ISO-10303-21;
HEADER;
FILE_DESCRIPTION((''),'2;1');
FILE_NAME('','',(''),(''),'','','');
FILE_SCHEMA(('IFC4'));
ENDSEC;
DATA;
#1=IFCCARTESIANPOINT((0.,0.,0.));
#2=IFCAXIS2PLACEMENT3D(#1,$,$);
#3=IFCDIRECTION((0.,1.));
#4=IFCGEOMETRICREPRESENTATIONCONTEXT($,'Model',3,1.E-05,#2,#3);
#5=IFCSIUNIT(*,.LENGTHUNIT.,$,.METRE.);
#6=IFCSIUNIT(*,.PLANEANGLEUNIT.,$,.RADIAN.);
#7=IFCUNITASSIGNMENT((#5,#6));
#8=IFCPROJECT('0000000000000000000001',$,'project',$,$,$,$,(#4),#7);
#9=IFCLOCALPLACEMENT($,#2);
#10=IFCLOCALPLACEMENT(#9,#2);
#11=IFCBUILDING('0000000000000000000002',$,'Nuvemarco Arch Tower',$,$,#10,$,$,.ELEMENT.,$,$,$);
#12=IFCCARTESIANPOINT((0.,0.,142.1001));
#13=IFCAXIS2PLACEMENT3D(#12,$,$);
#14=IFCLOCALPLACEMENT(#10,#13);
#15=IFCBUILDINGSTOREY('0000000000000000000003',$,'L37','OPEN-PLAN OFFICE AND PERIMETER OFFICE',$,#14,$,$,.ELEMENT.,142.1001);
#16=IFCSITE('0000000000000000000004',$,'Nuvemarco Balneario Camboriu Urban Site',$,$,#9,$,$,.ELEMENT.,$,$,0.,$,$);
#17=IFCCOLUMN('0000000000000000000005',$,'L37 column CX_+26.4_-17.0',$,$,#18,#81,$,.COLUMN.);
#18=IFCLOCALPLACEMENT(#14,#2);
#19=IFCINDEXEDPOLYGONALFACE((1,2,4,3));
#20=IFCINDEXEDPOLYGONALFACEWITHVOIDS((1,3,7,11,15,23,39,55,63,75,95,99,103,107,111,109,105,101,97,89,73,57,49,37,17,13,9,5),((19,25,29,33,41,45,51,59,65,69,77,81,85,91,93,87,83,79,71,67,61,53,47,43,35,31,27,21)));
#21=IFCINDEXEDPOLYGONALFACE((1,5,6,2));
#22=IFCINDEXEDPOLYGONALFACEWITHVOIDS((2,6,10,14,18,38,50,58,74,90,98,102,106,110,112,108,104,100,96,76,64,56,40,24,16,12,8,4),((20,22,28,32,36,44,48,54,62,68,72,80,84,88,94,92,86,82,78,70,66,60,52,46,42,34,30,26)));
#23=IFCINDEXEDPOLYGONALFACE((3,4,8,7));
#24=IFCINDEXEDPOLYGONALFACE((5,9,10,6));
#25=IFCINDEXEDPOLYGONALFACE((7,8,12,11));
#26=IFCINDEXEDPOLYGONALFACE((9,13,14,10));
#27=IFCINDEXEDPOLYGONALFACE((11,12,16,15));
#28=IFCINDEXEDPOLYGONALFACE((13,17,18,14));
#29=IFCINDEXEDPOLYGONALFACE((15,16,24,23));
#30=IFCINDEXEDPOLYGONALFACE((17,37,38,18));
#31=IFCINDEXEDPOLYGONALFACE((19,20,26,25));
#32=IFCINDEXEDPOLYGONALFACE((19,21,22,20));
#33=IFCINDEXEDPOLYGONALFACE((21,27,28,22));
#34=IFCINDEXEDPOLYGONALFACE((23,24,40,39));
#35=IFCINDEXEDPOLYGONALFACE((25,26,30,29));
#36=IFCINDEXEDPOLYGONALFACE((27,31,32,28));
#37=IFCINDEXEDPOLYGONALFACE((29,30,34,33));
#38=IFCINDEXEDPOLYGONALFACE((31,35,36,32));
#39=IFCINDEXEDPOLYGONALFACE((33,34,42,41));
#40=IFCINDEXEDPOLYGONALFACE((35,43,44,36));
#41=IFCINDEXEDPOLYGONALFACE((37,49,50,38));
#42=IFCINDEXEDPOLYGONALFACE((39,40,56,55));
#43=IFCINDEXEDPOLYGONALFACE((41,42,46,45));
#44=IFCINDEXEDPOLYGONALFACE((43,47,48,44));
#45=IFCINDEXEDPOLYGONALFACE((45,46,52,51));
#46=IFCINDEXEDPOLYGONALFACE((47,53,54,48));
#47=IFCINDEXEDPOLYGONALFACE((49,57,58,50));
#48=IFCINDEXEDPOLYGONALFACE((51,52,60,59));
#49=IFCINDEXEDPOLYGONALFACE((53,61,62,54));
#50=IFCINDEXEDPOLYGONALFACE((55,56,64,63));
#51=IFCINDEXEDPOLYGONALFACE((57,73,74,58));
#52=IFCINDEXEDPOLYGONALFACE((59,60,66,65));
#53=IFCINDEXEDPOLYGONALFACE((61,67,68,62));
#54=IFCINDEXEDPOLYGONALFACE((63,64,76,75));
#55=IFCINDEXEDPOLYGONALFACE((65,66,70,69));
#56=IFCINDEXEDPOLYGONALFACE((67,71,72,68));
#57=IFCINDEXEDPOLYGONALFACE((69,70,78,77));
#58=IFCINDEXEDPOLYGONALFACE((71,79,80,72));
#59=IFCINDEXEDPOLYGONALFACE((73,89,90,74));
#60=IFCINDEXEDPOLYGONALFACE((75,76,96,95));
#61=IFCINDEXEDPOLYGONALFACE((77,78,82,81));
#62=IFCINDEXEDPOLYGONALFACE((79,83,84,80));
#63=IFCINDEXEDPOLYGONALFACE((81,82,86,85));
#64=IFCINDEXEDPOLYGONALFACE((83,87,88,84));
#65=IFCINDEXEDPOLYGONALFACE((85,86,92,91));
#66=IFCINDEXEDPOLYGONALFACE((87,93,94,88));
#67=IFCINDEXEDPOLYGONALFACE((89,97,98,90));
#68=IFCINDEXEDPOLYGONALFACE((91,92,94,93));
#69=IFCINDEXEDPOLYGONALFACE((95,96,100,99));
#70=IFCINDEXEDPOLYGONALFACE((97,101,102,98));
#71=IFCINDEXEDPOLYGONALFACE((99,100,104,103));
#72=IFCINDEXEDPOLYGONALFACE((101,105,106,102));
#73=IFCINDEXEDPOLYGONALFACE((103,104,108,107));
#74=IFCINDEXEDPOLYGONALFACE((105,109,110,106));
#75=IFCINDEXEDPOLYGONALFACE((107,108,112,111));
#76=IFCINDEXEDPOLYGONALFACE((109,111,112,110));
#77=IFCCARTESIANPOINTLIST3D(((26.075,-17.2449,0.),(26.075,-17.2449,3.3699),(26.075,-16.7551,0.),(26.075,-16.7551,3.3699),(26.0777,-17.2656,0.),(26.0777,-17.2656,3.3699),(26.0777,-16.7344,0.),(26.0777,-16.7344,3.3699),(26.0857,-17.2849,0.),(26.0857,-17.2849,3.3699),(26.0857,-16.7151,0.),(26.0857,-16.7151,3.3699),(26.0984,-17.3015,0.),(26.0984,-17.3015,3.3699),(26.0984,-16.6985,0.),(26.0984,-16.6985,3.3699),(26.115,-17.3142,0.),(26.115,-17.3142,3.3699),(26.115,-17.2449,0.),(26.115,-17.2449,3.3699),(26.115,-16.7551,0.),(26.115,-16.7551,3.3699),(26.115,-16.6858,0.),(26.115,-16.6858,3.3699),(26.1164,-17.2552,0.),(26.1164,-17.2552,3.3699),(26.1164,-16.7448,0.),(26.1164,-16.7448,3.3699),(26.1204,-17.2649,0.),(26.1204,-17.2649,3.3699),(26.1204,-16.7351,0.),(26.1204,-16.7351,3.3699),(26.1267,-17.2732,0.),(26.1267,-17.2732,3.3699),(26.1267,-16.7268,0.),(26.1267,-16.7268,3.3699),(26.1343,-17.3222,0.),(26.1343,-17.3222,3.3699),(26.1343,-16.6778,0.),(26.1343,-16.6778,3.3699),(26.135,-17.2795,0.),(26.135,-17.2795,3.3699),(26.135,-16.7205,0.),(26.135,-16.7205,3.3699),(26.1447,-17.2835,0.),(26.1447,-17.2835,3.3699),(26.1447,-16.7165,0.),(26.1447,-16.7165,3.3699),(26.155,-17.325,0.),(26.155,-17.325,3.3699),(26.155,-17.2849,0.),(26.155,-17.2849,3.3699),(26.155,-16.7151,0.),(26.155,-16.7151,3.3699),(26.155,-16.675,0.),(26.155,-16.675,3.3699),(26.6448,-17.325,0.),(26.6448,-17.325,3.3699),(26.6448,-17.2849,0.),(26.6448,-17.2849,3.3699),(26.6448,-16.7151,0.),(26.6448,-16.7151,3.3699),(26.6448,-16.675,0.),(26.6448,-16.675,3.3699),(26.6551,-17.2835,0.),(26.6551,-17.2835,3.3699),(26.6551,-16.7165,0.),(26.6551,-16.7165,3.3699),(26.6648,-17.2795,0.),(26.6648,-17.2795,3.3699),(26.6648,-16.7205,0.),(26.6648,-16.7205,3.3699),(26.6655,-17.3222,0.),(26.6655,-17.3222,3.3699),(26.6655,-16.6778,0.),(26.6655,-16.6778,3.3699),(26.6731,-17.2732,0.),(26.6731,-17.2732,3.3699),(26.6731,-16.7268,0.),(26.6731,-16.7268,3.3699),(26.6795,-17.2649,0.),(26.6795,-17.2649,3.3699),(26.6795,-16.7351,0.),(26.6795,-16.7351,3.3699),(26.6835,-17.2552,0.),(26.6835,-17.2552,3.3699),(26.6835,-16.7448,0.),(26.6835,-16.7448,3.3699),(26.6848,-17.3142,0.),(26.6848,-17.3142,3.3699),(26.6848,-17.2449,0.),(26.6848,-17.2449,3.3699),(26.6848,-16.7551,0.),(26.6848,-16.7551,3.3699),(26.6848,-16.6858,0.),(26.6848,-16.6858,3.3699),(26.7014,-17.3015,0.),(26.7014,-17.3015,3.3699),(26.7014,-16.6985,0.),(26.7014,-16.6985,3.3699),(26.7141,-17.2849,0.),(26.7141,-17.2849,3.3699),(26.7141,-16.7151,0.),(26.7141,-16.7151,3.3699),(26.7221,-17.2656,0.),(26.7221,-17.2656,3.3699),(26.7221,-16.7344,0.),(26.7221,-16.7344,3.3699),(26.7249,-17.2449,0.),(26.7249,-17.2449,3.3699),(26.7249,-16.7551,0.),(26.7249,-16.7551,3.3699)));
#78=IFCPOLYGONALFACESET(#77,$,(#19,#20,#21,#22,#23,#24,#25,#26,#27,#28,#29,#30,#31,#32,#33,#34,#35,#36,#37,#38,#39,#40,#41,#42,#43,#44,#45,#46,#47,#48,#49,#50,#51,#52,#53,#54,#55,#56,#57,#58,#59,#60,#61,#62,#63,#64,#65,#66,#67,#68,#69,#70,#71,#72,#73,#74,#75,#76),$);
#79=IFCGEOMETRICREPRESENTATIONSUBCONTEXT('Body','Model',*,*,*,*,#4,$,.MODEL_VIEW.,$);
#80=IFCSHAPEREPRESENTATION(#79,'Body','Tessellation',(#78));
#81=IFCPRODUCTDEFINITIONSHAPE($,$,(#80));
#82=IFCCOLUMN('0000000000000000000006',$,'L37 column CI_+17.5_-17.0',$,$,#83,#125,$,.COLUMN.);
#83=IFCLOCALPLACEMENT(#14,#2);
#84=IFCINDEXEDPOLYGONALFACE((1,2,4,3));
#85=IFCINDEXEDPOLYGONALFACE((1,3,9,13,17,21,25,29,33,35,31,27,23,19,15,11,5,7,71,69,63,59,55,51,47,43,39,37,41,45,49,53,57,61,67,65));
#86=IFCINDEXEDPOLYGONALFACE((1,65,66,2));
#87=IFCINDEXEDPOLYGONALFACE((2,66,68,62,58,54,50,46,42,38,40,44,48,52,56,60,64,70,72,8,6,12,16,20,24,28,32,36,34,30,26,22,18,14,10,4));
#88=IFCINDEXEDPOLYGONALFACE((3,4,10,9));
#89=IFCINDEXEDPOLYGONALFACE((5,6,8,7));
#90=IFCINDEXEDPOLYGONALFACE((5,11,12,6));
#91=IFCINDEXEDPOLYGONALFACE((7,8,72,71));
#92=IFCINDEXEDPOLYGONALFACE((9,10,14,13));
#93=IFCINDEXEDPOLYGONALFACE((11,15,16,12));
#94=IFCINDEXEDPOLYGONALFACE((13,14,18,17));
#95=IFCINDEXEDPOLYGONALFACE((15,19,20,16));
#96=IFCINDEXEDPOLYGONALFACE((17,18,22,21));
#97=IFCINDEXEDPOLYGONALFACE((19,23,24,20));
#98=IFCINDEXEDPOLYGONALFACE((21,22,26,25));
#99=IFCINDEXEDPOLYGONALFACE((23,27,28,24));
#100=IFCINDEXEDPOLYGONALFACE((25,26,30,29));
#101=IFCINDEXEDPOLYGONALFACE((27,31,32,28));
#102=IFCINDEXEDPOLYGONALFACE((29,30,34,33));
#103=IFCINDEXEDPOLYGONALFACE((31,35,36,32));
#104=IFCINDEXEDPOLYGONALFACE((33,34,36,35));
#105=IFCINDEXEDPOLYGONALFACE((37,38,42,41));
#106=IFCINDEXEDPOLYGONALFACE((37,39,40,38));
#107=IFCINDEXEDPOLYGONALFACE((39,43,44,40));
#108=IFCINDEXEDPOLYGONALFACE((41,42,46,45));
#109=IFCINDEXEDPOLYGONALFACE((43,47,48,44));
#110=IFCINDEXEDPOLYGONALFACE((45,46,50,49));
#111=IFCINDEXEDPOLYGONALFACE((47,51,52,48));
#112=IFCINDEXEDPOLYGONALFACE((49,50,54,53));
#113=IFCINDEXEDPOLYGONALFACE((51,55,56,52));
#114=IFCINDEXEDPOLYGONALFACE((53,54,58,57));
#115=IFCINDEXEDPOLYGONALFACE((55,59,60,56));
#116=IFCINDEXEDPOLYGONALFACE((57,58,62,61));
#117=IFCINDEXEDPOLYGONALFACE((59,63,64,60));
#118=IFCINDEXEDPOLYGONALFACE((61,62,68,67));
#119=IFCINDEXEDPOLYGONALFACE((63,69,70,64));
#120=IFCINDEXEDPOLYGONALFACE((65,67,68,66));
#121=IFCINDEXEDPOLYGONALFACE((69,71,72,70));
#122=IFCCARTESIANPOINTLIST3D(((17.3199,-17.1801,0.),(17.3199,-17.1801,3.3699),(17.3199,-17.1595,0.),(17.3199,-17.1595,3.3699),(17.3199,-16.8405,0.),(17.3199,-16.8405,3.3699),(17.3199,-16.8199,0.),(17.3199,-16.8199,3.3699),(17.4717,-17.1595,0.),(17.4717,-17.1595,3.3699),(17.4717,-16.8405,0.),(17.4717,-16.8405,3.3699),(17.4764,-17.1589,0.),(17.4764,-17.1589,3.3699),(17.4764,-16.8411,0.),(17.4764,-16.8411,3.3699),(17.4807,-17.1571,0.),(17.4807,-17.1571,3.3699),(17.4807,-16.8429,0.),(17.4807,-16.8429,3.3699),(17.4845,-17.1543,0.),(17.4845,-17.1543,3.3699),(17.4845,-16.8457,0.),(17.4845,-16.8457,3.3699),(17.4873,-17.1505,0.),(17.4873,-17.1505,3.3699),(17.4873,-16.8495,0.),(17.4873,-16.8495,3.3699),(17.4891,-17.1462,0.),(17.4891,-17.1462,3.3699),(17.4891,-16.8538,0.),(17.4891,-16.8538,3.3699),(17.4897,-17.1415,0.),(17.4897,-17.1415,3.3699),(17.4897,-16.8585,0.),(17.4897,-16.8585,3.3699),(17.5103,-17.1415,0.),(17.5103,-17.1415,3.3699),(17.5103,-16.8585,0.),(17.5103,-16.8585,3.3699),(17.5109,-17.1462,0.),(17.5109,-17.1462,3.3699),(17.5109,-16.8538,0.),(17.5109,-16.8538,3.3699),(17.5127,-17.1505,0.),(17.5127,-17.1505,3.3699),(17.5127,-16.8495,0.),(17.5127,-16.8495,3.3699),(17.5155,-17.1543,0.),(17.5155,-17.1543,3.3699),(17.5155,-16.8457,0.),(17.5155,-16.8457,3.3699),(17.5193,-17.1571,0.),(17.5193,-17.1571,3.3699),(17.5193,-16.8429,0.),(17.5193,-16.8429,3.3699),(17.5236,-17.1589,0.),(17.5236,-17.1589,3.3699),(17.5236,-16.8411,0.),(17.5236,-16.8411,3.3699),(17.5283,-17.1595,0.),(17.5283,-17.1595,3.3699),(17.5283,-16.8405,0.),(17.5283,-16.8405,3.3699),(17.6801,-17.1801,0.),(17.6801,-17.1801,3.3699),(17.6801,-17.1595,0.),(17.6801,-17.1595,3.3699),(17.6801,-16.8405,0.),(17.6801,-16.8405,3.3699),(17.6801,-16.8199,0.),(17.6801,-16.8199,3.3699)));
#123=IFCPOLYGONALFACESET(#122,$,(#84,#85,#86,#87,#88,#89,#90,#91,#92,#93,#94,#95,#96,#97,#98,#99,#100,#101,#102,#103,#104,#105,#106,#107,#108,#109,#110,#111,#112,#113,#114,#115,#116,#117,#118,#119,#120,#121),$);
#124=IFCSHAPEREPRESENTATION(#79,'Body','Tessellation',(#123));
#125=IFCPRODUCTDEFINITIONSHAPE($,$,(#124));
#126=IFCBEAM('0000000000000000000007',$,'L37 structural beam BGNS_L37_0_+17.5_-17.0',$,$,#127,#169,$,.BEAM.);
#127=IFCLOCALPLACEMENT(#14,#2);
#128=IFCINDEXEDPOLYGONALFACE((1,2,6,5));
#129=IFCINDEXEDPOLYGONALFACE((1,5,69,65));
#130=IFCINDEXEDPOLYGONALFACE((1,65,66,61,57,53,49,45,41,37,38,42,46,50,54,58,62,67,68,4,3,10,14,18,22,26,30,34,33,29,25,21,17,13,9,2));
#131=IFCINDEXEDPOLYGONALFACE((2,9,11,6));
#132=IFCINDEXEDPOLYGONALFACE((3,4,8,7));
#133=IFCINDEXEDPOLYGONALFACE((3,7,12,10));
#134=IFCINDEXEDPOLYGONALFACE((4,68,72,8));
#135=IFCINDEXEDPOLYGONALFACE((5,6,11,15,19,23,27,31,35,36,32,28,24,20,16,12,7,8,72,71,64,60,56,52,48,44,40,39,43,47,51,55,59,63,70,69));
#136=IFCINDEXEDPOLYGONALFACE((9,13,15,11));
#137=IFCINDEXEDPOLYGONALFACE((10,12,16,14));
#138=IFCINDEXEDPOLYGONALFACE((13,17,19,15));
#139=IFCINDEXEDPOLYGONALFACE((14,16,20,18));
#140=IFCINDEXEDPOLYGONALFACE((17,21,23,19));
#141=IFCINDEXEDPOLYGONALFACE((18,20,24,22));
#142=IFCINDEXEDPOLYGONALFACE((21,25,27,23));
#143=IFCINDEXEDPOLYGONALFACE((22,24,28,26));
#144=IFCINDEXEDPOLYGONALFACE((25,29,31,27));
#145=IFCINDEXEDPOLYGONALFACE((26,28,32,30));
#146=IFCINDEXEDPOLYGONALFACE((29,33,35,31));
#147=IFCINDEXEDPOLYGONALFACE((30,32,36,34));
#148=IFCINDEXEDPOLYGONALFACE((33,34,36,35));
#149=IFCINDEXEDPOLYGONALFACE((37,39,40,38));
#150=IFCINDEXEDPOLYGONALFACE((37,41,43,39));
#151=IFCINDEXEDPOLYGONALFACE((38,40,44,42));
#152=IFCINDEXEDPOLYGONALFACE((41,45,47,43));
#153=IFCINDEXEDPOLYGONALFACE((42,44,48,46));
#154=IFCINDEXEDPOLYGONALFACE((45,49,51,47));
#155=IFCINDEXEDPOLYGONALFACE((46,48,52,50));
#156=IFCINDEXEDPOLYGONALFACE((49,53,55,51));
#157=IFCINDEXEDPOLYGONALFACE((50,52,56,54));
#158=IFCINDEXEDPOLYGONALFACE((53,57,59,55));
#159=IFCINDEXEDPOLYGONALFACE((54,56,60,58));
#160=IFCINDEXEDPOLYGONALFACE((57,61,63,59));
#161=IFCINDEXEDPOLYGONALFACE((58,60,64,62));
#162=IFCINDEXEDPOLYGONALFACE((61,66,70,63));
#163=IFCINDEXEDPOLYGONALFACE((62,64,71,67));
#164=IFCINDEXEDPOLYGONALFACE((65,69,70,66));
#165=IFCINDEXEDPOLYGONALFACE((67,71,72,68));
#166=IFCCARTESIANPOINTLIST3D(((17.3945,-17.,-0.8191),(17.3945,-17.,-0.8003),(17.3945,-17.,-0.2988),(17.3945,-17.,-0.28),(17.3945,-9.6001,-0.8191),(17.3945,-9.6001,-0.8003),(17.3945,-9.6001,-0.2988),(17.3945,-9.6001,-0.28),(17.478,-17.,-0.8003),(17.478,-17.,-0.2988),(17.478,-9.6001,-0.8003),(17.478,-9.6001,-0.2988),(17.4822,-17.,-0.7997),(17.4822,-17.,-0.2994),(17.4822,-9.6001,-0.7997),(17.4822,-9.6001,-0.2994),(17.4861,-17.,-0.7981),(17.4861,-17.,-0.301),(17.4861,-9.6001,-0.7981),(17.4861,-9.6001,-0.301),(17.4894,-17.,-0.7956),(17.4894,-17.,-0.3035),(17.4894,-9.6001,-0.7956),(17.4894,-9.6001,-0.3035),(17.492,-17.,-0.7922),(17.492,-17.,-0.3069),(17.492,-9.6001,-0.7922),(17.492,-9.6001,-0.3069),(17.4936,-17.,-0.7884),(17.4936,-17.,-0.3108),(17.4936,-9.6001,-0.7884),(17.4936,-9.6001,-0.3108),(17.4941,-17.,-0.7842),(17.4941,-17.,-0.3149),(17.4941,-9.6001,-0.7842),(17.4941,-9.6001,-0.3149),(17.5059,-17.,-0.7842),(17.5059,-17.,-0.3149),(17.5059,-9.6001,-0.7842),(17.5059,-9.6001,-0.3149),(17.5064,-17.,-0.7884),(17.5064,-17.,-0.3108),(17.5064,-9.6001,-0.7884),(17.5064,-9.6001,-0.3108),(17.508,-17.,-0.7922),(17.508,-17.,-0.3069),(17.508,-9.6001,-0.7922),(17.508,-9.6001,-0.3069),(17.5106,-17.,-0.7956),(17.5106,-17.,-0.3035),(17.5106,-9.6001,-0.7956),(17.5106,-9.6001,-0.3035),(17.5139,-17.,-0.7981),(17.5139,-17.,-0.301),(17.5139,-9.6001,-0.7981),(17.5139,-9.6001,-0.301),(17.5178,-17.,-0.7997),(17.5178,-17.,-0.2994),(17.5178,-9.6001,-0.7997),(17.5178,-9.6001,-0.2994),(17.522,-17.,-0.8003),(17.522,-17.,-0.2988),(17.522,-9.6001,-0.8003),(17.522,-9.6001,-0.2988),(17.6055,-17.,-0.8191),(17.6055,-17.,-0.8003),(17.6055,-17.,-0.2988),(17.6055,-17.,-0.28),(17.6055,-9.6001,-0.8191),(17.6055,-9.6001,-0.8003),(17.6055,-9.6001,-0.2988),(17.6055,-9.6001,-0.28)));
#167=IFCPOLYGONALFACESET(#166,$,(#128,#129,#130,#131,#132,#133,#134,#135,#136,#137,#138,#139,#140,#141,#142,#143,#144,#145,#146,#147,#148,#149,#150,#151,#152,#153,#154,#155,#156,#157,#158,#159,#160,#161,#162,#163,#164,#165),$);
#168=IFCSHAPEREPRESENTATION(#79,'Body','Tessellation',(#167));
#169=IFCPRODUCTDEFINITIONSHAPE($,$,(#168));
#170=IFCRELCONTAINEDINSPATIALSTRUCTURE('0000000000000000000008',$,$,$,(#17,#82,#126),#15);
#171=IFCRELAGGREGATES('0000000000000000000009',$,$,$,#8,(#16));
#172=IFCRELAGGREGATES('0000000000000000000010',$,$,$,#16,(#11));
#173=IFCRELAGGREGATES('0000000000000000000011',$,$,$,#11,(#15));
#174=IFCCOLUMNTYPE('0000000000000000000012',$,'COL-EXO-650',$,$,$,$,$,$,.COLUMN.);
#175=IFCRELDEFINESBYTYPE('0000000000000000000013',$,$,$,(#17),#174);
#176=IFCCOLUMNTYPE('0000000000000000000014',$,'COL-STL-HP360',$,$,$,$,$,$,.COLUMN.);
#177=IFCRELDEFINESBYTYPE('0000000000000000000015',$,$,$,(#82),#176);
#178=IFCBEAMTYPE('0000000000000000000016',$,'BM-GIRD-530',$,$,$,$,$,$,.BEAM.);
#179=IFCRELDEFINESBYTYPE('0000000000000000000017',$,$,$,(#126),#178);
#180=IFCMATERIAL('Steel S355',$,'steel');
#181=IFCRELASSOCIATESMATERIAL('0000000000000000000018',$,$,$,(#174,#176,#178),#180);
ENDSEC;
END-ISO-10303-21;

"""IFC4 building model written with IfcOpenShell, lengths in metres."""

from ifc_helpers import new_model, si_unit, direction, frame, origin, origin_2d, place, context, subcontext, project, spatial, hollow_rectangle, i_section, extrude, material, material_profile, profile_set, type_object, element, save


model = new_model("IFC4")

# Units and contexts
model_context = context("Model", 3, precision=1e-05, world=origin(), true_north=direction((0.0, 1.0)))
body_context = subcontext(model_context, "Body", "Model", "MODEL_VIEW")
ifc_project = project(units=[si_unit("LENGTHUNIT", "METRE"), si_unit("PLANEANGLEUNIT", "RADIAN")], contexts=[model_context])

# Site, building, storey
site_placement = place(None, origin())
site = spatial("IfcSite", under=ifc_project, at=site_placement, Name="Nuvemarco Balneario Camboriu Urban Site", CompositionType="ELEMENT", RefElevation=0.0)
building_placement = place(site_placement, origin())
building = spatial("IfcBuilding", under=site, at=building_placement, Name="Nuvemarco Arch Tower", CompositionType="ELEMENT")
storey_placement = place(building_placement, frame((0.0, 0.0, 142.1001)))
storey = spatial("IfcBuildingStorey", under=building, at=storey_placement, Name="L37", Description="OPEN-PLAN OFFICE AND PERIMETER OFFICE", CompositionType="ELEMENT", Elevation=142.1001)

# Columns
ifc_material_1 = material(Name="Steel S355", Category="steel")
ifc_material_profile_1 = material_profile(ifc_material_1, hollow_rectangle(XDim=0.6499, YDim=0.6499, WallThickness=0.04, InnerFilletRadius=0.04, OuterFilletRadius=0.0801, at=origin_2d()), Name="SHS650x650x40")
ifc_profile_set_1 = profile_set([ifc_material_profile_1], Name="Steel S355")
column_type_1 = type_object("IfcColumnType", Name="COL-EXO-650", PredefinedType="COLUMN", material=ifc_profile_set_1)
column_1_placement = place(storey_placement, frame((26.3999, -17.0, 0.0), z_axis=(0.0, 0.0, 1.0), x_axis=(1.0, 0.0, 0.0)))
element("IfcColumn", 1, at=column_1_placement, inside=storey, type_object=column_type_1, Name="L37 column CX_+26.4_-17.0", PredefinedType="COLUMN", context=body_context, shape_type="SweptSolid", body=[
    extrude(hollow_rectangle(XDim=0.6499, YDim=0.6499, WallThickness=0.04, InnerFilletRadius=0.04, OuterFilletRadius=0.0801, at=origin_2d()), origin(), (0.0, 0.0, 1.0), 3.3699),
])
ifc_material_profile_2 = material_profile(ifc_material_1, i_section(OverallWidth=0.3601, OverallDepth=0.3601, WebThickness=0.0205, FlangeThickness=0.0205, FilletRadius=0.0181, at=origin_2d()), Name="HP360x174")
ifc_profile_set_2 = profile_set([ifc_material_profile_2], Name="Steel S355")
column_type_2 = type_object("IfcColumnType", Name="COL-STL-HP360", PredefinedType="COLUMN", material=ifc_profile_set_2)
column_2_placement = place(storey_placement, frame((17.5, -17.0, 0.0), z_axis=(0.0, 0.0, 1.0), x_axis=(1.0, 0.0, 0.0)))
element("IfcColumn", 2, at=column_2_placement, inside=storey, type_object=column_type_2, Name="L37 column CI_+17.5_-17.0", PredefinedType="COLUMN", context=body_context, shape_type="SweptSolid", body=[
    extrude(i_section(OverallWidth=0.3601, OverallDepth=0.3601, WebThickness=0.0205, FlangeThickness=0.0205, FilletRadius=0.0181, at=origin_2d()), origin(), (0.0, 0.0, 1.0), 3.3699),
])

# Beam
ifc_material_profile_3 = material_profile(ifc_material_1, i_section(OverallWidth=0.2109, OverallDepth=0.5391, WebThickness=0.0117, FlangeThickness=0.0188, FilletRadius=0.0161, at=origin_2d()), Name="W530x109")
ifc_profile_set_3 = profile_set([ifc_material_profile_3], Name="Steel S355")
beam_type_1 = type_object("IfcBeamType", Name="BM-GIRD-530", PredefinedType="BEAM", material=ifc_profile_set_3)
beam_1_placement = place(storey_placement, frame((17.5, -17.0, -0.5496), z_axis=(0.0, 1.0, 0.0), x_axis=(-1.0, 0.0, 0.0)))
element("IfcBeam", 3, at=beam_1_placement, inside=storey, type_object=beam_type_1, Name="L37 structural beam BGNS_L37_0_+17.5_-17.0", PredefinedType="BEAM", context=body_context, shape_type="SweptSolid", body=[
    extrude(i_section(OverallWidth=0.2109, OverallDepth=0.5391, WebThickness=0.0117, FlangeThickness=0.0188, FilletRadius=0.0161, at=origin_2d()), origin(), (0.0, 0.0, 1.0), 7.3999),
])

save(model, "model.ifc")
